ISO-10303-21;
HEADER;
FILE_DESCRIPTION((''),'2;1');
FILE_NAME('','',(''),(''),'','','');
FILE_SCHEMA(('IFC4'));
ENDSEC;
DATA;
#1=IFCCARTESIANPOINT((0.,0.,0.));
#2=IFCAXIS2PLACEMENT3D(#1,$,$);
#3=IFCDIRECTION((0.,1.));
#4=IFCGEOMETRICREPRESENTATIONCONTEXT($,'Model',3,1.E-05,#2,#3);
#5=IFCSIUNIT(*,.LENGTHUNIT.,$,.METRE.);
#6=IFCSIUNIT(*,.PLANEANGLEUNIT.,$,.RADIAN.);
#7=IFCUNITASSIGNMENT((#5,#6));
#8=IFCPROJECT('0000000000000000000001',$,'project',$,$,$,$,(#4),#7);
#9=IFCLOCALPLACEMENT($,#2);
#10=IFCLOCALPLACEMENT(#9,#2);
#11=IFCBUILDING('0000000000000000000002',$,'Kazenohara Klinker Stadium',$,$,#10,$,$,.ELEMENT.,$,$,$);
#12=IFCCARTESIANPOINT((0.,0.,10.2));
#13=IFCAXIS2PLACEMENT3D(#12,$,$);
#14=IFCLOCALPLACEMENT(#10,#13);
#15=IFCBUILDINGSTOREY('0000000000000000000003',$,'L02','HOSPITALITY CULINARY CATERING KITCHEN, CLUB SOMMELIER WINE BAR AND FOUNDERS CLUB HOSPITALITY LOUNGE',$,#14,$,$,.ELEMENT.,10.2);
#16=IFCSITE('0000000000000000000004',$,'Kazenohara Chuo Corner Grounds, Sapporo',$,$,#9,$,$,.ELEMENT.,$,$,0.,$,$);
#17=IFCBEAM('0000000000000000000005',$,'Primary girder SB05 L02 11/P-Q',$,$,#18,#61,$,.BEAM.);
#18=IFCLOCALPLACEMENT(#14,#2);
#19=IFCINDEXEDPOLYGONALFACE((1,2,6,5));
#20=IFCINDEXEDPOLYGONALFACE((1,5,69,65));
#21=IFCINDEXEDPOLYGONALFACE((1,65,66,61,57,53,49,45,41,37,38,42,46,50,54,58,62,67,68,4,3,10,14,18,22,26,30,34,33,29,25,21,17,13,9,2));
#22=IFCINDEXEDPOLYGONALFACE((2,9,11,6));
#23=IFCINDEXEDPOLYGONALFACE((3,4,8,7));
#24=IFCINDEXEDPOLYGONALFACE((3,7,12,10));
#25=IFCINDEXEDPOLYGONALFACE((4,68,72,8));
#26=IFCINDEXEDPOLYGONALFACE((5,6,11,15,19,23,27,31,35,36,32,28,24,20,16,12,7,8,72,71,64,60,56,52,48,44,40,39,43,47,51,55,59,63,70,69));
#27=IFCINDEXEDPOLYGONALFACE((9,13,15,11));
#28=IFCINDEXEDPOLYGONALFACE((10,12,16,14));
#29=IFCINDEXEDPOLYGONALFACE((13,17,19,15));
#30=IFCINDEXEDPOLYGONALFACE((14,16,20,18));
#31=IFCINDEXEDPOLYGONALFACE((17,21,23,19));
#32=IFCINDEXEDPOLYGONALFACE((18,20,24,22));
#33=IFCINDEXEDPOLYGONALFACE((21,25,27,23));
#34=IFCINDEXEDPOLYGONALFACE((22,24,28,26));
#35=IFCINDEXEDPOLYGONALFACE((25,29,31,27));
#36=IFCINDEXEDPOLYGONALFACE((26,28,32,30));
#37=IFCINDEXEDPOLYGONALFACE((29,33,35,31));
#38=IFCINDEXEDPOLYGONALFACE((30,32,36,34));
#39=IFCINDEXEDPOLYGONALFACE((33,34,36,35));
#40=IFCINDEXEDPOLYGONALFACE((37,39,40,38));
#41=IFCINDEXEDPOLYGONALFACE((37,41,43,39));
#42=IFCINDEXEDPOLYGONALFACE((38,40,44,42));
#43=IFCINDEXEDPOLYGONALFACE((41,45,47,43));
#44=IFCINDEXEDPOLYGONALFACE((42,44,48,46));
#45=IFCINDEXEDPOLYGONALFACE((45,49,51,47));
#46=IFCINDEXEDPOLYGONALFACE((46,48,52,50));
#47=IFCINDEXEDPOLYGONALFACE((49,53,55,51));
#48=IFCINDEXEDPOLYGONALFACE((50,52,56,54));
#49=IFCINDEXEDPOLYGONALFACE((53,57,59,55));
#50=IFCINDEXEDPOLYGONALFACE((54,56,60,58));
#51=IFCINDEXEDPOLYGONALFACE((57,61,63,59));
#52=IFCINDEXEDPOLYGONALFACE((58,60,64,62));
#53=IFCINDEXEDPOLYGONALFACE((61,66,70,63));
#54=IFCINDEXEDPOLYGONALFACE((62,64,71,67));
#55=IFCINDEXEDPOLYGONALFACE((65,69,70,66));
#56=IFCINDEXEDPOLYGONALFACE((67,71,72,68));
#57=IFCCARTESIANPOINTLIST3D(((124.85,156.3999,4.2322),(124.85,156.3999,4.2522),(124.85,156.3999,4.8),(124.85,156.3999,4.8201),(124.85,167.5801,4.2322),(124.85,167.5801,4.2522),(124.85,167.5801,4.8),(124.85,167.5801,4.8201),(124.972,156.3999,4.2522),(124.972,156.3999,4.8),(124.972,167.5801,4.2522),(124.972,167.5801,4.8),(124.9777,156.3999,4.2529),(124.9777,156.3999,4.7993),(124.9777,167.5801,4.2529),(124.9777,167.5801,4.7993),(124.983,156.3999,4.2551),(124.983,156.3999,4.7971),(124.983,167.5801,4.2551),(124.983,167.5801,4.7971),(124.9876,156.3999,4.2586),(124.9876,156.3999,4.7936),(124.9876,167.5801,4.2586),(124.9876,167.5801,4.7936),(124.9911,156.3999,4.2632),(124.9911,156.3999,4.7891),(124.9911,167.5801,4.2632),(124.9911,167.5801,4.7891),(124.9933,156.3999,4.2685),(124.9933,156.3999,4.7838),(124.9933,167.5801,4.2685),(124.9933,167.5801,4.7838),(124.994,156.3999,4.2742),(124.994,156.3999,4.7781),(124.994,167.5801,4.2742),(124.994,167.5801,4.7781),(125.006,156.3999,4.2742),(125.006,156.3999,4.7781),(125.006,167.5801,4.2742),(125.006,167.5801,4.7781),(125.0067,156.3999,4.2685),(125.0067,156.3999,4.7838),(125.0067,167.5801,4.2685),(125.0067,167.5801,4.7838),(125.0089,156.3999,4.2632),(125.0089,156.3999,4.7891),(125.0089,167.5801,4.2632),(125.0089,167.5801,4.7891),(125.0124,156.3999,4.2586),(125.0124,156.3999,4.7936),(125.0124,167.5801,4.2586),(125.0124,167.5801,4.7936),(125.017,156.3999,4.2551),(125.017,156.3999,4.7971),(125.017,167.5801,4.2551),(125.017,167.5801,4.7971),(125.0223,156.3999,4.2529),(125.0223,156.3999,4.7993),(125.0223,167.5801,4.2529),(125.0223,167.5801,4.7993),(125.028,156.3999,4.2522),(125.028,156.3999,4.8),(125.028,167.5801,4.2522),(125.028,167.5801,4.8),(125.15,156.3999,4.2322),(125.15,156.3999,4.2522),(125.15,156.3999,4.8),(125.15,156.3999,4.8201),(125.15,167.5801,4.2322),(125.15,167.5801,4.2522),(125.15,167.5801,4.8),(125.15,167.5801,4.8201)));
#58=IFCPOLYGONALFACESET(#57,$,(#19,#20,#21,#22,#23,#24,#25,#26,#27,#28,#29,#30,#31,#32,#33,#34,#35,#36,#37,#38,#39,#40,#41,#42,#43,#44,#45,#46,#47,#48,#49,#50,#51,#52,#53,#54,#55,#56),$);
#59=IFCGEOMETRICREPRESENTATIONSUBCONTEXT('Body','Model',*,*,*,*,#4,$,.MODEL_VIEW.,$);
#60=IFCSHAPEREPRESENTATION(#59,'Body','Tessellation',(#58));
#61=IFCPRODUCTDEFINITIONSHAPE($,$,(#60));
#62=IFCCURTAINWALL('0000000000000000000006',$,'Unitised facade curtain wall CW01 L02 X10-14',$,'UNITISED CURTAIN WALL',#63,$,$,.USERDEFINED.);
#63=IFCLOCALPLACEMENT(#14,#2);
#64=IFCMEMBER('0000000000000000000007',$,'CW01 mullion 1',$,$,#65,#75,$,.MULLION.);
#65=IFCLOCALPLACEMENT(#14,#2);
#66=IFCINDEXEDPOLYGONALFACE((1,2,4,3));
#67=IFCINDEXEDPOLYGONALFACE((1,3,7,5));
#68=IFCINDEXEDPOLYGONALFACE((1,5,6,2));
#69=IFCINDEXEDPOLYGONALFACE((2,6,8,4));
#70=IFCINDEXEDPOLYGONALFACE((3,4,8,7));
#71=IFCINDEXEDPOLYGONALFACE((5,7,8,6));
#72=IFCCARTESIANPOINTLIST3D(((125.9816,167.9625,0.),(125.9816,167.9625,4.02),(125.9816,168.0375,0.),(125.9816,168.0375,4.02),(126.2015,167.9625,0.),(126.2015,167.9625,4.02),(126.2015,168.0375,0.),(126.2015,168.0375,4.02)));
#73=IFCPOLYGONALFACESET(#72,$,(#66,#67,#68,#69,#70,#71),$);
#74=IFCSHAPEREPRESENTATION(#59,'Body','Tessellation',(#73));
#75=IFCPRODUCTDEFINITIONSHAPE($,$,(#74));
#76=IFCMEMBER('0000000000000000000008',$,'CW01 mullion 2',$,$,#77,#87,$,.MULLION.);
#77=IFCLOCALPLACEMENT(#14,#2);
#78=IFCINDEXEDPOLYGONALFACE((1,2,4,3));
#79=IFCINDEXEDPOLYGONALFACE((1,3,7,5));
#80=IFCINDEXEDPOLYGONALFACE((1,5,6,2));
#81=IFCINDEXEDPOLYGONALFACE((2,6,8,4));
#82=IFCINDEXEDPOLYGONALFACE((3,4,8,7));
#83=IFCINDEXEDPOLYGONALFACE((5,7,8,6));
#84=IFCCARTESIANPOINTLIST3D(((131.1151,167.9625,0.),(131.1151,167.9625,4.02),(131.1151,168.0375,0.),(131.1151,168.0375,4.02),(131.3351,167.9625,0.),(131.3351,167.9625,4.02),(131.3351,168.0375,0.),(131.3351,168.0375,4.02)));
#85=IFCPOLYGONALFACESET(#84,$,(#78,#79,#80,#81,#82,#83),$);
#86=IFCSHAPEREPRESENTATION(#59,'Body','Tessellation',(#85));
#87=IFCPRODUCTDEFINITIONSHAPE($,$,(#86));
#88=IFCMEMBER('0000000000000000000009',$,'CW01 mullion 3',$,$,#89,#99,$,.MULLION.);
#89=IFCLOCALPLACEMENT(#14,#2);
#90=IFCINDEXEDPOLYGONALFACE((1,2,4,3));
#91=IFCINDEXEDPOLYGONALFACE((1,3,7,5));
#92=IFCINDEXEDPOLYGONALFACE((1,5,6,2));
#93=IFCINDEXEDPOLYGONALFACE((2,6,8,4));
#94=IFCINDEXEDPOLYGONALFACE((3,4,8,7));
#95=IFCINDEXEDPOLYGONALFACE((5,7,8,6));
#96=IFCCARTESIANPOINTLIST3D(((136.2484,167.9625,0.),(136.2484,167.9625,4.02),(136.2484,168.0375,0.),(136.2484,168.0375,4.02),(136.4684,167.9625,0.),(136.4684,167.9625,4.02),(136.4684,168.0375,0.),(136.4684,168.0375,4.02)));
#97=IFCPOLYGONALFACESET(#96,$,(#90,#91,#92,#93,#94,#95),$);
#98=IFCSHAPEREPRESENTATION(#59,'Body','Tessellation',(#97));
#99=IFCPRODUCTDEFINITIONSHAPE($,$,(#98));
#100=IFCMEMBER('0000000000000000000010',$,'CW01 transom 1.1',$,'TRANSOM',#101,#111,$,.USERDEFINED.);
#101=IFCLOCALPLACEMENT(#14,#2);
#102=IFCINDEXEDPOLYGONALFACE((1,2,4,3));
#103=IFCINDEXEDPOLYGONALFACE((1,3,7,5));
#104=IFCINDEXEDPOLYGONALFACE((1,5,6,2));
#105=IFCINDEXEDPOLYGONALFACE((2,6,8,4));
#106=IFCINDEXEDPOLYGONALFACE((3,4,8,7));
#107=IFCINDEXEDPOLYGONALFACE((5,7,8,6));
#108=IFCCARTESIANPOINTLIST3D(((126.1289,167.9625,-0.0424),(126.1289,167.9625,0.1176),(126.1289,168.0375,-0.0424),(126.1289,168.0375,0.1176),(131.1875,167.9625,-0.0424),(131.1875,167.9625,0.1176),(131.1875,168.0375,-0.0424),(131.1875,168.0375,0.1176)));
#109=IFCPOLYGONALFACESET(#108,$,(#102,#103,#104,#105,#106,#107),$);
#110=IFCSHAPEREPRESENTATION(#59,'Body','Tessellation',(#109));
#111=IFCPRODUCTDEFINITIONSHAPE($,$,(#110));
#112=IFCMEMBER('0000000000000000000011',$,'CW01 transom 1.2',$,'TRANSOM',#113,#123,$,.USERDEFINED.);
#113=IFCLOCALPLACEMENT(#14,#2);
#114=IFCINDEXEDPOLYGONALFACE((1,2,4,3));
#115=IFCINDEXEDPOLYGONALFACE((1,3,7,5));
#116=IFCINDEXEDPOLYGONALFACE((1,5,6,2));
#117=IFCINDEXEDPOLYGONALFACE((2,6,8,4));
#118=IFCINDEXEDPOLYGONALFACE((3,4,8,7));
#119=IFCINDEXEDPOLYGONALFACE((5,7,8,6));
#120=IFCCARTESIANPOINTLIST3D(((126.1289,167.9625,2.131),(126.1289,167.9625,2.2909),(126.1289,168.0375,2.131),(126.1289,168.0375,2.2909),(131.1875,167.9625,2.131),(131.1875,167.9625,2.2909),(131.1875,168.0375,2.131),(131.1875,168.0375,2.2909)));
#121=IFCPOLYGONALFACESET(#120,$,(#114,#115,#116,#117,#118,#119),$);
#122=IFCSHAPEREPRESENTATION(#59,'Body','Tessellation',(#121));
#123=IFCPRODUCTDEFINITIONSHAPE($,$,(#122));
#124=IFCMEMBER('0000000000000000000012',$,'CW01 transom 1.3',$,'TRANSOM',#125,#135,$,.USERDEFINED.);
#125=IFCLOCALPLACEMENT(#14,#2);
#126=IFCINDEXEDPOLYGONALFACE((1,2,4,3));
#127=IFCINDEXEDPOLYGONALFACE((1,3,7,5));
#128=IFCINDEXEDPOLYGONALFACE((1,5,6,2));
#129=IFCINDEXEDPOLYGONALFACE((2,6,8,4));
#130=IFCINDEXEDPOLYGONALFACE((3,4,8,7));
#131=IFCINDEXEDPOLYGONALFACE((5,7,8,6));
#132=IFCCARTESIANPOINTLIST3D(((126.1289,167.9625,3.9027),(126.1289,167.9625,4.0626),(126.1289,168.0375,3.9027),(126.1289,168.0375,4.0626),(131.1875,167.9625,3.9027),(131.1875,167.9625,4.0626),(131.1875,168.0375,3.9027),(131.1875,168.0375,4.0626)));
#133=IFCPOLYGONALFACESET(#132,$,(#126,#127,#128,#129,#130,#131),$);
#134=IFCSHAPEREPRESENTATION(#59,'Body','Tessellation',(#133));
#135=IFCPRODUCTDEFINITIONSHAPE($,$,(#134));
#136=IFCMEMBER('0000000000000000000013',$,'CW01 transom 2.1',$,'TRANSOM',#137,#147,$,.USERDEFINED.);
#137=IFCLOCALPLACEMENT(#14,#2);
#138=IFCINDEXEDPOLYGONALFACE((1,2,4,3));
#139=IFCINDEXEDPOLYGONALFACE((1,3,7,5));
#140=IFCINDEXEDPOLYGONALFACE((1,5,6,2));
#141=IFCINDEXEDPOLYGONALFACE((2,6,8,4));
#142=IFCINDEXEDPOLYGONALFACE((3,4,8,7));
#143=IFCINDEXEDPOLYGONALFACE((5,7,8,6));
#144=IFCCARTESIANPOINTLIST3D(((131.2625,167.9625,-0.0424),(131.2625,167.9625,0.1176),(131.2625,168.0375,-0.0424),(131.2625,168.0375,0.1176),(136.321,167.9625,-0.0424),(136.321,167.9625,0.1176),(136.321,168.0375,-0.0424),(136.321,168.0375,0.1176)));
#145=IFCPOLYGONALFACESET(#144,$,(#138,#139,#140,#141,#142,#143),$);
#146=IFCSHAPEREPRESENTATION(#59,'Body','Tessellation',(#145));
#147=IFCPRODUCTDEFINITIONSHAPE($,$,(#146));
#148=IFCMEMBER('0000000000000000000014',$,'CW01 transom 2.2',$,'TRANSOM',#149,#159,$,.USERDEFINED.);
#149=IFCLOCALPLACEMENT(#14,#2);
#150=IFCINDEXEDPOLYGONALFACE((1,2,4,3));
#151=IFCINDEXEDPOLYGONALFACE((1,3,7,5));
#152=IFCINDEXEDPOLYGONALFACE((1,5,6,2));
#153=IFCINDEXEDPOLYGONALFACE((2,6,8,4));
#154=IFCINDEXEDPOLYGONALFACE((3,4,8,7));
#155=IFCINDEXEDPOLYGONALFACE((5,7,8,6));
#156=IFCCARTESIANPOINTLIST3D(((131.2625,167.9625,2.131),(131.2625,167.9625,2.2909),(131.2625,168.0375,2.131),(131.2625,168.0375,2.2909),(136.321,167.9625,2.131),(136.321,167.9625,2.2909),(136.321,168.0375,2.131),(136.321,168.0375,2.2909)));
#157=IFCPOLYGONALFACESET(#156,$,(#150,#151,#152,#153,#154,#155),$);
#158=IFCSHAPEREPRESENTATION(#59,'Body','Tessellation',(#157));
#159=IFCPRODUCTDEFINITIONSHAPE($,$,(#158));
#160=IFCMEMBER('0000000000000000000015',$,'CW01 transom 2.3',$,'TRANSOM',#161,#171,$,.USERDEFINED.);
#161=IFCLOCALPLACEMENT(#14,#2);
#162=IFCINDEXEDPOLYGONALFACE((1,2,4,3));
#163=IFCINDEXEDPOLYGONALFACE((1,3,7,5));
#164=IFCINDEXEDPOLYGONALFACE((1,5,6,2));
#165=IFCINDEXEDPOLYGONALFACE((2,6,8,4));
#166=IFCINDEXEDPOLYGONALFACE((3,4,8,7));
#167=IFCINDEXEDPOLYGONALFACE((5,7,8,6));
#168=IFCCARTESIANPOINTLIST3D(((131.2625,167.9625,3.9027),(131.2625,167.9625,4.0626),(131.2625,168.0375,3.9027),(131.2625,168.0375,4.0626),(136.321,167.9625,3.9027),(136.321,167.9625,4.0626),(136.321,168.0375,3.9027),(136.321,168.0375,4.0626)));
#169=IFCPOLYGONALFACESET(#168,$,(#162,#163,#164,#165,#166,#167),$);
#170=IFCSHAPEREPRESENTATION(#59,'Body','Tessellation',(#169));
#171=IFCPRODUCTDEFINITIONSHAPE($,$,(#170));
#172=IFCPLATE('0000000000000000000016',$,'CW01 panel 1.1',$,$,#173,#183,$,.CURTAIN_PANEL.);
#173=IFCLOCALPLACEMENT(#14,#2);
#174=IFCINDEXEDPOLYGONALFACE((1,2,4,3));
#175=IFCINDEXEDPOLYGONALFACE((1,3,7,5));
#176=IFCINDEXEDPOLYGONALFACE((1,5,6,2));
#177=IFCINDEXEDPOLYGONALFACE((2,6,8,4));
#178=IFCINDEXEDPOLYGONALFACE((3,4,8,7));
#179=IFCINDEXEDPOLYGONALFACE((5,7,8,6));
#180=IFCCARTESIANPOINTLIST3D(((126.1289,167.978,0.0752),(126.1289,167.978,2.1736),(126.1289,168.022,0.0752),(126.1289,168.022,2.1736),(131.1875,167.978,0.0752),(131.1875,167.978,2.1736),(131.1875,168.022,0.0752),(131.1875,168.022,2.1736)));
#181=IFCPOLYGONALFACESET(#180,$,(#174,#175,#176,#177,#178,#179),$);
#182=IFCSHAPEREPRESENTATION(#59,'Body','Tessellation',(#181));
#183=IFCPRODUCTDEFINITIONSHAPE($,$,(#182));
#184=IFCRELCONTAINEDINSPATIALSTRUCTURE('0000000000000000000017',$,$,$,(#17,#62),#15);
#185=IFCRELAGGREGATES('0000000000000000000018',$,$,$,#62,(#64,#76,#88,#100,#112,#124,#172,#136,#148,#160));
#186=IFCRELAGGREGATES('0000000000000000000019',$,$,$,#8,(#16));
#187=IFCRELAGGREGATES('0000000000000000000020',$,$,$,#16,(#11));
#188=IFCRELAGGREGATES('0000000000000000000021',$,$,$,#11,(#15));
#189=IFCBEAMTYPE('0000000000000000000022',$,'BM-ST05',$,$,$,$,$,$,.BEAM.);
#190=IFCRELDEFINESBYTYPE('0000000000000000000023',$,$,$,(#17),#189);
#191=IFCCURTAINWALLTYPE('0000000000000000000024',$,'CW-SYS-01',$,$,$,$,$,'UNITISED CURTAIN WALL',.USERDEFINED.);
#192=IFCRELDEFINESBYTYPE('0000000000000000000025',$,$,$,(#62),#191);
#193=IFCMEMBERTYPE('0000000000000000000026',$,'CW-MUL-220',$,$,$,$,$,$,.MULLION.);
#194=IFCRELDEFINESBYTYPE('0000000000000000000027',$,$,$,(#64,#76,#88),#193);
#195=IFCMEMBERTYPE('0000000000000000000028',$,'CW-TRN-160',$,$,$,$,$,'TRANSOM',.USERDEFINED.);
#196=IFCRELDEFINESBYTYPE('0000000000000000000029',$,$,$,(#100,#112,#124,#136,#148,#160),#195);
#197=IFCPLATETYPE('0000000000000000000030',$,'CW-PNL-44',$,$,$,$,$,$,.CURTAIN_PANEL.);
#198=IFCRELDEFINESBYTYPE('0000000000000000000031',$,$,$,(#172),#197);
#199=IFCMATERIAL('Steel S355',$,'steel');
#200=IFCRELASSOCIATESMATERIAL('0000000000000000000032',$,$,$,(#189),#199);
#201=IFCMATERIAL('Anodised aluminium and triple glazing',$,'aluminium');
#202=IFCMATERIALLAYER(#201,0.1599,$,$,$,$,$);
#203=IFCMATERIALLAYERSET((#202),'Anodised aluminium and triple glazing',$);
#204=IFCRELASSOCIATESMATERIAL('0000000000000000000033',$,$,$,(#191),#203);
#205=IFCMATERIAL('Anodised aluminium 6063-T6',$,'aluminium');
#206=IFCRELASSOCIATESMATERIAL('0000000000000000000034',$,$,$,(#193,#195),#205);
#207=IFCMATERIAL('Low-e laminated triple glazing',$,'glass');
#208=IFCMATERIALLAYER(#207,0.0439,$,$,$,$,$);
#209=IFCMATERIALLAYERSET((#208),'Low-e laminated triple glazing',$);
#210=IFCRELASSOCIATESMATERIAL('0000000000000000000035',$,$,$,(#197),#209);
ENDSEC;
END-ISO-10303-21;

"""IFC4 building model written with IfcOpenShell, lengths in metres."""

from ifc_helpers import new_model, si_unit, direction, frame, origin, origin_2d, place, context, subcontext, project, spatial, rectangle, i_section, extrude, material, layer, layer_set, material_profile, profile_set, type_object, element, aggregate, save


model = new_model("IFC4")

# Units and contexts
model_context = context("Model", 3, precision=1e-05, world=origin(), true_north=direction((0.0, 1.0)))
body_context = subcontext(model_context, "Body", "Model", "MODEL_VIEW")
ifc_project = project(units=[si_unit("LENGTHUNIT", "METRE"), si_unit("PLANEANGLEUNIT", "RADIAN")], contexts=[model_context])

# Site, building, storey
site_placement = place(None, origin())
site = spatial("IfcSite", under=ifc_project, at=site_placement, Name="Kazenohara Chuo Corner Grounds, Sapporo", CompositionType="ELEMENT", RefElevation=0.0)
building_placement = place(site_placement, origin())
building = spatial("IfcBuilding", under=site, at=building_placement, Name="Kazenohara Klinker Stadium", CompositionType="ELEMENT")
storey_placement = place(building_placement, frame((0.0, 0.0, 10.2)))
storey = spatial("IfcBuildingStorey", under=building, at=storey_placement, Name="L02", Description="HOSPITALITY CULINARY CATERING KITCHEN, CLUB SOMMELIER WINE BAR AND FOUNDERS CLUB HOSPITALITY LOUNGE", CompositionType="ELEMENT", Elevation=10.2)

# Beam
ifc_material_1 = material(Name="Steel S355", Category="steel")
ifc_material_profile_1 = material_profile(ifc_material_1, i_section(OverallWidth=0.3, OverallDepth=0.5879, WebThickness=0.012, FlangeThickness=0.02, FilletRadius=0.022, at=origin_2d()), Name="H-588x300x12x20")
ifc_profile_set_1 = profile_set([ifc_material_profile_1], Name="Steel S355")
beam_type_1 = type_object("IfcBeamType", Name="BM-ST05", PredefinedType="BEAM", material=ifc_profile_set_1)
beam_1_placement = place(storey_placement, frame((125.0, 156.3999, 4.5261), z_axis=(0.0, 1.0, 0.0), x_axis=(-1.0, 0.0, 0.0)))
element("IfcBeam", 1, at=beam_1_placement, inside=storey, type_object=beam_type_1, Name="Primary girder SB05 L02 11/P-Q", PredefinedType="BEAM", context=body_context, shape_type="SweptSolid", body=[
    extrude(i_section(OverallWidth=0.3, OverallDepth=0.5879, WebThickness=0.012, FlangeThickness=0.02, FilletRadius=0.022, at=origin_2d()), origin(), (0.0, 0.0, 1.0), 11.1802),
])

# Curtain wall, members, plate
ifc_material_2 = material(Name="Anodised aluminium and triple glazing", Category="aluminium")
ifc_layer_1 = layer(ifc_material_2, 0.1599)
ifc_layer_set_1 = layer_set([ifc_layer_1], Name="Anodised aluminium and triple glazing")
curtain_wall_type = type_object("IfcCurtainWallType", Name="CW-SYS-01", ElementType="UNITISED CURTAIN WALL", PredefinedType="USERDEFINED", material=ifc_layer_set_1)
curtain_wall_placement = place(storey_placement, origin())
curtain_wall = element("IfcCurtainWall", 2, at=curtain_wall_placement, inside=storey, type_object=curtain_wall_type, Name="Unitised facade curtain wall CW01 L02 X10-14", ObjectType="UNITISED CURTAIN WALL", PredefinedType="USERDEFINED")
ifc_material_3 = material(Name="Anodised aluminium 6063-T6", Category="aluminium")
ifc_material_profile_2 = material_profile(ifc_material_3, rectangle(XDim=0.075, YDim=0.22, at=origin_2d()), Name="ALU-MUL-75x220")
ifc_profile_set_2 = profile_set([ifc_material_profile_2], Name="Anodised aluminium 6063-T6")
member_type_1 = type_object("IfcMemberType", Name="CW-MUL-220", PredefinedType="MULLION", material=ifc_profile_set_2)
member_1_placement = place(storey_placement, frame((126.0916, 168.0, 0.0), z_axis=(0.0, 0.0, 1.0), x_axis=(0.0, 1.0, 0.0)))
member_1 = element("IfcMember", 3, at=member_1_placement, type_object=member_type_1, Name="CW01 mullion 1", PredefinedType="MULLION", context=body_context, shape_type="SweptSolid", body=[
    extrude(rectangle(XDim=0.075, YDim=0.22, at=origin_2d()), origin(), (0.0, 0.0, 1.0), 4.02),
])
member_2_placement = place(storey_placement, frame((131.2251, 168.0, 0.0), z_axis=(0.0, 0.0, 1.0), x_axis=(0.0, 1.0, 0.0)))
member_2 = element("IfcMember", 4, at=member_2_placement, type_object=member_type_1, Name="CW01 mullion 2", PredefinedType="MULLION", context=body_context, shape_type="SweptSolid", body=[
    extrude(rectangle(XDim=0.075, YDim=0.22, at=origin_2d()), origin(), (0.0, 0.0, 1.0), 4.02),
])
member_3_placement = place(storey_placement, frame((136.3584, 168.0, 0.0), z_axis=(0.0, 0.0, 1.0), x_axis=(0.0, 1.0, 0.0)))
member_3 = element("IfcMember", 5, at=member_3_placement, type_object=member_type_1, Name="CW01 mullion 3", PredefinedType="MULLION", context=body_context, shape_type="SweptSolid", body=[
    extrude(rectangle(XDim=0.075, YDim=0.22, at=origin_2d()), origin(), (0.0, 0.0, 1.0), 4.02),
])
ifc_material_profile_3 = material_profile(ifc_material_3, rectangle(XDim=0.075, YDim=0.1599, at=origin_2d()), Name="ALU-TRN-75x160")
ifc_profile_set_3 = profile_set([ifc_material_profile_3], Name="Anodised aluminium 6063-T6")
member_type_2 = type_object("IfcMemberType", Name="CW-TRN-160", ElementType="TRANSOM", PredefinedType="USERDEFINED", material=ifc_profile_set_3)
member_4_placement = place(storey_placement, frame((126.1289, 168.0, 0.0376), z_axis=(1.0, 0.0, 0.0), x_axis=(0.0, 1.0, 0.0)))
member_4 = element("IfcMember", 6, at=member_4_placement, type_object=member_type_2, Name="CW01 transom 1.1", ObjectType="TRANSOM", PredefinedType="USERDEFINED", context=body_context, shape_type="SweptSolid", body=[
    extrude(rectangle(XDim=0.075, YDim=0.1599, at=origin_2d()), origin(), (0.0, 0.0, 1.0), 5.0586),
])
member_5_placement = place(storey_placement, frame((126.1289, 168.0, 2.2109), z_axis=(1.0, 0.0, 0.0), x_axis=(0.0, 1.0, 0.0)))
member_5 = element("IfcMember", 7, at=member_5_placement, type_object=member_type_2, Name="CW01 transom 1.2", ObjectType="TRANSOM", PredefinedType="USERDEFINED", context=body_context, shape_type="SweptSolid", body=[
    extrude(rectangle(XDim=0.075, YDim=0.1599, at=origin_2d()), origin(), (0.0, 0.0, 1.0), 5.0586),
])
member_6_placement = place(storey_placement, frame((126.1289, 168.0, 3.9827), z_axis=(1.0, 0.0, 0.0), x_axis=(0.0, 1.0, 0.0)))
member_6 = element("IfcMember", 8, at=member_6_placement, type_object=member_type_2, Name="CW01 transom 1.3", ObjectType="TRANSOM", PredefinedType="USERDEFINED", context=body_context, shape_type="SweptSolid", body=[
    extrude(rectangle(XDim=0.075, YDim=0.1599, at=origin_2d()), origin(), (0.0, 0.0, 1.0), 5.0586),
])
member_7_placement = place(storey_placement, frame((131.2625, 168.0, 0.0376), z_axis=(1.0, 0.0, 0.0), x_axis=(0.0, 1.0, 0.0)))
member_7 = element("IfcMember", 9, at=member_7_placement, type_object=member_type_2, Name="CW01 transom 2.1", ObjectType="TRANSOM", PredefinedType="USERDEFINED", context=body_context, shape_type="SweptSolid", body=[
    extrude(rectangle(XDim=0.075, YDim=0.1599, at=origin_2d()), origin(), (0.0, 0.0, 1.0), 5.0586),
])
member_8_placement = place(storey_placement, frame((131.2625, 168.0, 2.2109), z_axis=(1.0, 0.0, 0.0), x_axis=(0.0, 1.0, 0.0)))
member_8 = element("IfcMember", 10, at=member_8_placement, type_object=member_type_2, Name="CW01 transom 2.2", ObjectType="TRANSOM", PredefinedType="USERDEFINED", context=body_context, shape_type="SweptSolid", body=[
    extrude(rectangle(XDim=0.075, YDim=0.1599, at=origin_2d()), origin(), (0.0, 0.0, 1.0), 5.0586),
])
member_9_placement = place(storey_placement, frame((131.2625, 168.0, 3.9827), z_axis=(1.0, 0.0, 0.0), x_axis=(0.0, 1.0, 0.0)))
member_9 = element("IfcMember", 11, at=member_9_placement, type_object=member_type_2, Name="CW01 transom 2.3", ObjectType="TRANSOM", PredefinedType="USERDEFINED", context=body_context, shape_type="SweptSolid", body=[
    extrude(rectangle(XDim=0.075, YDim=0.1599, at=origin_2d()), origin(), (0.0, 0.0, 1.0), 5.0586),
])
ifc_material_4 = material(Name="Low-e laminated triple glazing", Category="glass")
ifc_layer_2 = layer(ifc_material_4, 0.0439)
ifc_layer_set_2 = layer_set([ifc_layer_2], Name="Low-e laminated triple glazing")
plate_type = type_object("IfcPlateType", Name="CW-PNL-44", PredefinedType="CURTAIN_PANEL", material=ifc_layer_set_2)
plate_1_placement = place(storey_placement, frame((128.6582, 168.0, 0.0752), z_axis=(0.0, 0.0, 1.0), x_axis=(1.0, 0.0, 0.0)))
plate_1 = element("IfcPlate", 12, at=plate_1_placement, type_object=plate_type, Name="CW01 panel 1.1", PredefinedType="CURTAIN_PANEL", context=body_context, shape_type="SweptSolid", body=[
    extrude(rectangle(XDim=5.0586, YDim=0.0439, at=origin_2d()), origin(), (0.0, 0.0, 1.0), 2.0984),
])
aggregate(curtain_wall, [member_1, member_2, member_3, member_4, member_5, member_6, plate_1, member_7, member_8, member_9])

save(model, "model.ifc")
